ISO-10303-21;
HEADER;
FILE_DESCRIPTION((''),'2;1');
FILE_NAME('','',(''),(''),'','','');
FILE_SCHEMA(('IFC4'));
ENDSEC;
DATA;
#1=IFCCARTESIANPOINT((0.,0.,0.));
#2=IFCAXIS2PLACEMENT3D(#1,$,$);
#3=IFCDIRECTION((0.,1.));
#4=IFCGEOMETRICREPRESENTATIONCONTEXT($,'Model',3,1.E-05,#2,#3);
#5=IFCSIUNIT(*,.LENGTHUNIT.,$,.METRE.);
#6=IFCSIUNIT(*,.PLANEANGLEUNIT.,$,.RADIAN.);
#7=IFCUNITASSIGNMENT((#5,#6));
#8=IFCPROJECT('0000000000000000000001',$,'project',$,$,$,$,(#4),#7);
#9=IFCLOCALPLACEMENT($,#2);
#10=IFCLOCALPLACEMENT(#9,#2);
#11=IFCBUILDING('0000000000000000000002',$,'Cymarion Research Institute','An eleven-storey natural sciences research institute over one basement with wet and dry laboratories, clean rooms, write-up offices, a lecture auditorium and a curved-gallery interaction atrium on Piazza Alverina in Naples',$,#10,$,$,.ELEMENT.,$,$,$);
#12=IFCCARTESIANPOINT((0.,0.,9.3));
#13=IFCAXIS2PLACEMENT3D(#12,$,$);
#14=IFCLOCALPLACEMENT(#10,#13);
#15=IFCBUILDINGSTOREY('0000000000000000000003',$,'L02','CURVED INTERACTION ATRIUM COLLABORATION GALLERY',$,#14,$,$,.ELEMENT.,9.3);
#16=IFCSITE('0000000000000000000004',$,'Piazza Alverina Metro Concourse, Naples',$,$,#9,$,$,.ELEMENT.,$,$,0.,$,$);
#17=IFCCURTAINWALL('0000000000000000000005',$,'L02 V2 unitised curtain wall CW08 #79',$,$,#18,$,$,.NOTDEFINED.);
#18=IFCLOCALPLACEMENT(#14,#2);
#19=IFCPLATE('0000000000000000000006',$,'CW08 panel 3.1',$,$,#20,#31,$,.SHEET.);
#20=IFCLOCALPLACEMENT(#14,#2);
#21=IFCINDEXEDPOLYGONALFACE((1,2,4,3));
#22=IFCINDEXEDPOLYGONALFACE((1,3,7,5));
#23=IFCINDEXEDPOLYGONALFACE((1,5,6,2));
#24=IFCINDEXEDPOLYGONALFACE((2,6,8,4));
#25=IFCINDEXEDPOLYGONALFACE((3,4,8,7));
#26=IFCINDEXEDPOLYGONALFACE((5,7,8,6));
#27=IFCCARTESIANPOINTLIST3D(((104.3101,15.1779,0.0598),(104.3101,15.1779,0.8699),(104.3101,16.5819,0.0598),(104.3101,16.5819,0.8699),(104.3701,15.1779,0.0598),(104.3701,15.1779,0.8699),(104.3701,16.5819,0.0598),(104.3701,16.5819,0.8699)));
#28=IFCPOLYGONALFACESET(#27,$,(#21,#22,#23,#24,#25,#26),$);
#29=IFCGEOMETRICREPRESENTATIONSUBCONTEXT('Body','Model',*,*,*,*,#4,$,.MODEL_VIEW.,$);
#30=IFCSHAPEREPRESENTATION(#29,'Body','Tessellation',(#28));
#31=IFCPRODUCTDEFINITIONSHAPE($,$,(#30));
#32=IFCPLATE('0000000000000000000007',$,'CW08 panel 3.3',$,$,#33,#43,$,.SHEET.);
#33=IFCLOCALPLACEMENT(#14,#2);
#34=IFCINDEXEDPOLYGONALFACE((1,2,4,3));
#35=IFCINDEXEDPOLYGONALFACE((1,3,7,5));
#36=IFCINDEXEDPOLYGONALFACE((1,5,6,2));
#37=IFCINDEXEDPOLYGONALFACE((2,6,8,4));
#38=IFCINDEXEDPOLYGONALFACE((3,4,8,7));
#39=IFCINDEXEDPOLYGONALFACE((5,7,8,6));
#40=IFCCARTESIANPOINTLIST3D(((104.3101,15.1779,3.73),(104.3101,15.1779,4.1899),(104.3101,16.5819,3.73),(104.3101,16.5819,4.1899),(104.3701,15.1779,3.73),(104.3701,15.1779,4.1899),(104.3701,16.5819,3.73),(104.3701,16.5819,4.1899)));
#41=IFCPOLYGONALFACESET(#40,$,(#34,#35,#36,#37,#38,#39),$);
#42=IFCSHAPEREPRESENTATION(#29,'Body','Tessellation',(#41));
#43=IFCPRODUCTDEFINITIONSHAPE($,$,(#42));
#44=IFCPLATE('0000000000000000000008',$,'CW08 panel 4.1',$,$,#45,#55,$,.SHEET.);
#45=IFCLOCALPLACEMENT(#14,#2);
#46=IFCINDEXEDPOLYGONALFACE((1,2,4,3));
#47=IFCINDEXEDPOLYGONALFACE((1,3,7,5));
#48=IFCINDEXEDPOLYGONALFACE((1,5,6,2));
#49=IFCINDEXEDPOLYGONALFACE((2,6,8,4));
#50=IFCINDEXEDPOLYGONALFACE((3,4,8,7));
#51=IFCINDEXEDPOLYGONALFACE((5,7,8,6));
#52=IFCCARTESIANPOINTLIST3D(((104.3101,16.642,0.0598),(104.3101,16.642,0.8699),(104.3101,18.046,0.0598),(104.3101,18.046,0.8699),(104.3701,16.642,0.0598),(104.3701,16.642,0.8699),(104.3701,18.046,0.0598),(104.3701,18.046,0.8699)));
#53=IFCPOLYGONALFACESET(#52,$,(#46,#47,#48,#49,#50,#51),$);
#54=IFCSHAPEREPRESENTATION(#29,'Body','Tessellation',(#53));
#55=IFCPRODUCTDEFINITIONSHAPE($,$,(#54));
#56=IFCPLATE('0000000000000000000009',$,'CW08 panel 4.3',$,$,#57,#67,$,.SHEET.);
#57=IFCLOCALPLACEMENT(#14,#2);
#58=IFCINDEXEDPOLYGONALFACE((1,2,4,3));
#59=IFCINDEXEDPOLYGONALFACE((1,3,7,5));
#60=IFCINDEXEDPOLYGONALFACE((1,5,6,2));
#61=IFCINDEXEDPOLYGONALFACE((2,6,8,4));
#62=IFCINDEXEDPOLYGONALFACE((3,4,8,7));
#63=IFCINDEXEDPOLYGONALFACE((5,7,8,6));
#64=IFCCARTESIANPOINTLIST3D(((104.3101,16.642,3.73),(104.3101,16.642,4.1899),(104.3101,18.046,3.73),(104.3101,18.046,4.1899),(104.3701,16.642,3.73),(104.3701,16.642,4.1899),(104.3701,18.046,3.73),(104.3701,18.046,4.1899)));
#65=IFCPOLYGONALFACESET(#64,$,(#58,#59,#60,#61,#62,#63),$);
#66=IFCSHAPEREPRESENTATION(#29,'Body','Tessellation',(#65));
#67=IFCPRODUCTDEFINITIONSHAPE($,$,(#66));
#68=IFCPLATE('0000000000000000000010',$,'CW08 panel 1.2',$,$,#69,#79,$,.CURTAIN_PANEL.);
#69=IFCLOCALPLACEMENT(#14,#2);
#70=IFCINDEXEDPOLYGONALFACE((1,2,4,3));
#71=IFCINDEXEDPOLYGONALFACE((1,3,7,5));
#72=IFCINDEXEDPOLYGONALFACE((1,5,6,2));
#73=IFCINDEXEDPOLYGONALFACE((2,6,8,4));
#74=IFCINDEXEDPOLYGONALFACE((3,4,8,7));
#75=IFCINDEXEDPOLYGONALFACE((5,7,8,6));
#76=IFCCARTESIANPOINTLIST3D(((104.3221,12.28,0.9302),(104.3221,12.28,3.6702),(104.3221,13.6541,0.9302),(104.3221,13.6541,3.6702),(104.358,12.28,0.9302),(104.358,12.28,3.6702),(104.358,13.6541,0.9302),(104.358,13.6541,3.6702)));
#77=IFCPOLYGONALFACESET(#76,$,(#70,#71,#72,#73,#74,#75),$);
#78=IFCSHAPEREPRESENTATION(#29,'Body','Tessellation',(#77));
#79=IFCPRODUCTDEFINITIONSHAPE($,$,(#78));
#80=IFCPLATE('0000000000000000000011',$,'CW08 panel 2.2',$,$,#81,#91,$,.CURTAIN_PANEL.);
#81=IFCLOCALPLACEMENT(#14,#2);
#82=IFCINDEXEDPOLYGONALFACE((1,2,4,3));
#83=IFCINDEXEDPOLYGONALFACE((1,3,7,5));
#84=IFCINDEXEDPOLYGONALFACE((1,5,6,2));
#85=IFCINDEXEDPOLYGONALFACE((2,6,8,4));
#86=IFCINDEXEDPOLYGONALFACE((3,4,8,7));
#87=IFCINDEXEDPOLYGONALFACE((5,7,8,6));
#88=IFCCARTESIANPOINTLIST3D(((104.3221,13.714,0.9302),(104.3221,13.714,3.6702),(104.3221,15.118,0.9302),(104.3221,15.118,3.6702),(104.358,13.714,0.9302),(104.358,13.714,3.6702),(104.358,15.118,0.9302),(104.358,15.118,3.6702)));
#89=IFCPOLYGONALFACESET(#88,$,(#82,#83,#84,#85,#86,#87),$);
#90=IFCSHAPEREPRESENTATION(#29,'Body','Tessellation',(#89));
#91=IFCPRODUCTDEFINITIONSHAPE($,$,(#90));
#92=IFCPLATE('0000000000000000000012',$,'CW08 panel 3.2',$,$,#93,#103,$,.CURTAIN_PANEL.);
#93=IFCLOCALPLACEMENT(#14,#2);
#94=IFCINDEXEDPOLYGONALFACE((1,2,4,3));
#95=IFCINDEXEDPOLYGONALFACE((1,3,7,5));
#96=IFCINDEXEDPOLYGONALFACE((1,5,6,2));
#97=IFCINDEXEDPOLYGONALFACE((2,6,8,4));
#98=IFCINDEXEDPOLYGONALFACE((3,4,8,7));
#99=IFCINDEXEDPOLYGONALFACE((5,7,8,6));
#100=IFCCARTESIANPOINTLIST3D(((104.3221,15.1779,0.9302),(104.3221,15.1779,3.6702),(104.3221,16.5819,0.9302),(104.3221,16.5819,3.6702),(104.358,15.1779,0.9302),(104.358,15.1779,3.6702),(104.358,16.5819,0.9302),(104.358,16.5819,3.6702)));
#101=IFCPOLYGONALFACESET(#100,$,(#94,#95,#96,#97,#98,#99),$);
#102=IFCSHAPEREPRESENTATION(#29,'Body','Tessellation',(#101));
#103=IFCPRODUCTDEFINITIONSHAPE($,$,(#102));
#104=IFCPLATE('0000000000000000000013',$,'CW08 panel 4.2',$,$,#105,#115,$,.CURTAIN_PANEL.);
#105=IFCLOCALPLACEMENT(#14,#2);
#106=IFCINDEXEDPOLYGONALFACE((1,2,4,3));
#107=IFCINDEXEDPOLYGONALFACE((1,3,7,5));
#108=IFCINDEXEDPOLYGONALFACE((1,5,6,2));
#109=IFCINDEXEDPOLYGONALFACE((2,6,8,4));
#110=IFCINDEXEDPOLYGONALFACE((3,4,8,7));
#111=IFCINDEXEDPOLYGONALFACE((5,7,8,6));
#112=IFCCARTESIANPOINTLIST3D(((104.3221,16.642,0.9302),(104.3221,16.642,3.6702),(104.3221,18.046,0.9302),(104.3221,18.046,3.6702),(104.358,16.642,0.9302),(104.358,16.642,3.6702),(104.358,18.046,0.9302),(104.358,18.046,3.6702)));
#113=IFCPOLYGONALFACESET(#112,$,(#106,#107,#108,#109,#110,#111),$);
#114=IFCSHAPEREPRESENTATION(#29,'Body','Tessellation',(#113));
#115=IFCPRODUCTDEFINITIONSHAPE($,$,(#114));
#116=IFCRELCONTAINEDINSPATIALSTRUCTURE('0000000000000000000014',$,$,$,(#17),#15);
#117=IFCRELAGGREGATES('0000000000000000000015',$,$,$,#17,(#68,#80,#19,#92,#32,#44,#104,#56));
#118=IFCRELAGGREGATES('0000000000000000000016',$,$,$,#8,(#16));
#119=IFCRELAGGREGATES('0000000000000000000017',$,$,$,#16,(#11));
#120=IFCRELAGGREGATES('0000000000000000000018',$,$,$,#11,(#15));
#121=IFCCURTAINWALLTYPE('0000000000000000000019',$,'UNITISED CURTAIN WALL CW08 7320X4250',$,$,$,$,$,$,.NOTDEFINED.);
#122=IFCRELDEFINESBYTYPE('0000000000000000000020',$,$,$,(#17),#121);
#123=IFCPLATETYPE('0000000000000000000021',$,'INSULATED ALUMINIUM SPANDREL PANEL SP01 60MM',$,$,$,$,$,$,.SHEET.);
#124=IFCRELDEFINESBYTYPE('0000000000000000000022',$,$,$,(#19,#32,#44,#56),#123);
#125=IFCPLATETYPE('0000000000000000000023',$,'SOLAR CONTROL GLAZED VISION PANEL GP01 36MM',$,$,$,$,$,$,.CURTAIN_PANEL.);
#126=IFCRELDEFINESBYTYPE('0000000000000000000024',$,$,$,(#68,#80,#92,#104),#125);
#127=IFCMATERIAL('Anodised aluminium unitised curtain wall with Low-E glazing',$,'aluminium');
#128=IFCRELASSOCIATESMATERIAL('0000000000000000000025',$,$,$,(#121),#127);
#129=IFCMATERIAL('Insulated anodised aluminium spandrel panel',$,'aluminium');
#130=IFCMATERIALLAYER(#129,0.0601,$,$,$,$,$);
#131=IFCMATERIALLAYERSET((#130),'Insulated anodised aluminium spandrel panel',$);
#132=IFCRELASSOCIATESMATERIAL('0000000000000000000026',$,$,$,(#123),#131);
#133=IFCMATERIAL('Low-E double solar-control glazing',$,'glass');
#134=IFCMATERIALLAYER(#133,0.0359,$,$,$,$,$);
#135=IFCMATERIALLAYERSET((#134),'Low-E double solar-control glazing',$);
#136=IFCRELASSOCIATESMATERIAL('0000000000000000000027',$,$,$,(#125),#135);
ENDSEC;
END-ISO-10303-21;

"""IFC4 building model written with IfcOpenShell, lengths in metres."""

from ifc_helpers import new_model, si_unit, direction, frame, origin, origin_2d, place, context, subcontext, project, spatial, rectangle, extrude, material, layer, layer_set, type_object, element, aggregate, save


model = new_model("IFC4")

# Units and contexts
model_context = context("Model", 3, precision=1e-05, world=origin(), true_north=direction((0.0, 1.0)))
body_context = subcontext(model_context, "Body", "Model", "MODEL_VIEW")
ifc_project = project(units=[si_unit("LENGTHUNIT", "METRE"), si_unit("PLANEANGLEUNIT", "RADIAN")], contexts=[model_context])

# Site, building, storey
site_placement = place(None, origin())
site = spatial("IfcSite", under=ifc_project, at=site_placement, Name="Piazza Alverina Metro Concourse, Naples", CompositionType="ELEMENT", RefElevation=0.0)
building_placement = place(site_placement, origin())
building = spatial("IfcBuilding", under=site, at=building_placement, Name="Cymarion Research Institute", Description="An eleven-storey natural sciences research institute over one basement with wet and dry laboratories, clean rooms, write-up offices, a lecture auditorium and a curved-gallery interaction atrium on Piazza Alverina in Naples", CompositionType="ELEMENT")
storey_placement = place(building_placement, frame((0.0, 0.0, 9.3)))
storey = spatial("IfcBuildingStorey", under=building, at=storey_placement, Name="L02", Description="CURVED INTERACTION ATRIUM COLLABORATION GALLERY", CompositionType="ELEMENT", Elevation=9.3)

# Curtain wall
ifc_material_1 = material(Name="Anodised aluminium unitised curtain wall with Low-E glazing", Category="aluminium")
curtain_wall_type = type_object("IfcCurtainWallType", Name="UNITISED CURTAIN WALL CW08 7320X4250", PredefinedType="NOTDEFINED", material=ifc_material_1)
curtain_wall_placement = place(storey_placement, origin())
curtain_wall = element("IfcCurtainWall", 1, at=curtain_wall_placement, inside=storey, type_object=curtain_wall_type, Name="L02 V2 unitised curtain wall CW08 #79", PredefinedType="NOTDEFINED")

# Plates
ifc_material_2 = material(Name="Insulated anodised aluminium spandrel panel", Category="aluminium")
ifc_layer_1 = layer(ifc_material_2, 0.0601)
ifc_layer_set_1 = layer_set([ifc_layer_1], Name="Insulated anodised aluminium spandrel panel")
plate_type_1 = type_object("IfcPlateType", Name="INSULATED ALUMINIUM SPANDREL PANEL SP01 60MM", PredefinedType="SHEET", material=ifc_layer_set_1)
plate_1_placement = place(storey_placement, frame((104.3401, 15.8799, 0.0598), z_axis=(0.0, 0.0, 1.0), x_axis=(0.0, 1.0, 0.0)))
plate_1 = element("IfcPlate", 2, at=plate_1_placement, type_object=plate_type_1, Name="CW08 panel 3.1", PredefinedType="SHEET", context=body_context, shape_type="SweptSolid", body=[
    extrude(rectangle(XDim=1.4041, YDim=0.0601, at=origin_2d()), origin(), (0.0, 0.0, 1.0), 0.8101),
])
plate_2_placement = place(storey_placement, frame((104.3401, 15.8799, 3.73), z_axis=(0.0, 0.0, 1.0), x_axis=(0.0, 1.0, 0.0)))
plate_2 = element("IfcPlate", 3, at=plate_2_placement, type_object=plate_type_1, Name="CW08 panel 3.3", PredefinedType="SHEET", context=body_context, shape_type="SweptSolid", body=[
    extrude(rectangle(XDim=1.4041, YDim=0.0601, at=origin_2d()), origin(), (0.0, 0.0, 1.0), 0.46),
])
plate_3_placement = place(storey_placement, frame((104.3401, 17.344, 0.0598), z_axis=(0.0, 0.0, 1.0), x_axis=(0.0, 1.0, 0.0)))
plate_3 = element("IfcPlate", 4, at=plate_3_placement, type_object=plate_type_1, Name="CW08 panel 4.1", PredefinedType="SHEET", context=body_context, shape_type="SweptSolid", body=[
    extrude(rectangle(XDim=1.4041, YDim=0.0601, at=origin_2d()), origin(), (0.0, 0.0, 1.0), 0.8101),
])
plate_4_placement = place(storey_placement, frame((104.3401, 17.344, 3.73), z_axis=(0.0, 0.0, 1.0), x_axis=(0.0, 1.0, 0.0)))
plate_4 = element("IfcPlate", 5, at=plate_4_placement, type_object=plate_type_1, Name="CW08 panel 4.3", PredefinedType="SHEET", context=body_context, shape_type="SweptSolid", body=[
    extrude(rectangle(XDim=1.4041, YDim=0.0601, at=origin_2d()), origin(), (0.0, 0.0, 1.0), 0.46),
])
ifc_material_3 = material(Name="Low-E double solar-control glazing", Category="glass")
ifc_layer_2 = layer(ifc_material_3, 0.0359)
ifc_layer_set_2 = layer_set([ifc_layer_2], Name="Low-E double solar-control glazing")
plate_type_2 = type_object("IfcPlateType", Name="SOLAR CONTROL GLAZED VISION PANEL GP01 36MM", PredefinedType="CURTAIN_PANEL", material=ifc_layer_set_2)
plate_5_placement = place(storey_placement, frame((104.3401, 12.967, 0.9302), z_axis=(0.0, 0.0, 1.0), x_axis=(0.0, 1.0, 0.0)))
plate_5 = element("IfcPlate", 6, at=plate_5_placement, type_object=plate_type_2, Name="CW08 panel 1.2", PredefinedType="CURTAIN_PANEL", context=body_context, shape_type="SweptSolid", body=[
    extrude(rectangle(XDim=1.374, YDim=0.0359, at=origin_2d()), origin(), (0.0, 0.0, 1.0), 2.74),
])
plate_6_placement = place(storey_placement, frame((104.3401, 14.416, 0.9302), z_axis=(0.0, 0.0, 1.0), x_axis=(0.0, 1.0, 0.0)))
plate_6 = element("IfcPlate", 7, at=plate_6_placement, type_object=plate_type_2, Name="CW08 panel 2.2", PredefinedType="CURTAIN_PANEL", context=body_context, shape_type="SweptSolid", body=[
    extrude(rectangle(XDim=1.4041, YDim=0.0359, at=origin_2d()), origin(), (0.0, 0.0, 1.0), 2.74),
])
plate_7_placement = place(storey_placement, frame((104.3401, 15.8799, 0.9302), z_axis=(0.0, 0.0, 1.0), x_axis=(0.0, 1.0, 0.0)))
plate_7 = element("IfcPlate", 8, at=plate_7_placement, type_object=plate_type_2, Name="CW08 panel 3.2", PredefinedType="CURTAIN_PANEL", context=body_context, shape_type="SweptSolid", body=[
    extrude(rectangle(XDim=1.4041, YDim=0.0359, at=origin_2d()), origin(), (0.0, 0.0, 1.0), 2.74),
])
plate_8_placement = place(storey_placement, frame((104.3401, 17.344, 0.9302), z_axis=(0.0, 0.0, 1.0), x_axis=(0.0, 1.0, 0.0)))
plate_8 = element("IfcPlate", 9, at=plate_8_placement, type_object=plate_type_2, Name="CW08 panel 4.2", PredefinedType="CURTAIN_PANEL", context=body_context, shape_type="SweptSolid", body=[
    extrude(rectangle(XDim=1.4041, YDim=0.0359, at=origin_2d()), origin(), (0.0, 0.0, 1.0), 2.74),
])
aggregate(curtain_wall, [plate_5, plate_6, plate_1, plate_7, plate_2, plate_3, plate_8, plate_4])

save(model, "model.ifc")
